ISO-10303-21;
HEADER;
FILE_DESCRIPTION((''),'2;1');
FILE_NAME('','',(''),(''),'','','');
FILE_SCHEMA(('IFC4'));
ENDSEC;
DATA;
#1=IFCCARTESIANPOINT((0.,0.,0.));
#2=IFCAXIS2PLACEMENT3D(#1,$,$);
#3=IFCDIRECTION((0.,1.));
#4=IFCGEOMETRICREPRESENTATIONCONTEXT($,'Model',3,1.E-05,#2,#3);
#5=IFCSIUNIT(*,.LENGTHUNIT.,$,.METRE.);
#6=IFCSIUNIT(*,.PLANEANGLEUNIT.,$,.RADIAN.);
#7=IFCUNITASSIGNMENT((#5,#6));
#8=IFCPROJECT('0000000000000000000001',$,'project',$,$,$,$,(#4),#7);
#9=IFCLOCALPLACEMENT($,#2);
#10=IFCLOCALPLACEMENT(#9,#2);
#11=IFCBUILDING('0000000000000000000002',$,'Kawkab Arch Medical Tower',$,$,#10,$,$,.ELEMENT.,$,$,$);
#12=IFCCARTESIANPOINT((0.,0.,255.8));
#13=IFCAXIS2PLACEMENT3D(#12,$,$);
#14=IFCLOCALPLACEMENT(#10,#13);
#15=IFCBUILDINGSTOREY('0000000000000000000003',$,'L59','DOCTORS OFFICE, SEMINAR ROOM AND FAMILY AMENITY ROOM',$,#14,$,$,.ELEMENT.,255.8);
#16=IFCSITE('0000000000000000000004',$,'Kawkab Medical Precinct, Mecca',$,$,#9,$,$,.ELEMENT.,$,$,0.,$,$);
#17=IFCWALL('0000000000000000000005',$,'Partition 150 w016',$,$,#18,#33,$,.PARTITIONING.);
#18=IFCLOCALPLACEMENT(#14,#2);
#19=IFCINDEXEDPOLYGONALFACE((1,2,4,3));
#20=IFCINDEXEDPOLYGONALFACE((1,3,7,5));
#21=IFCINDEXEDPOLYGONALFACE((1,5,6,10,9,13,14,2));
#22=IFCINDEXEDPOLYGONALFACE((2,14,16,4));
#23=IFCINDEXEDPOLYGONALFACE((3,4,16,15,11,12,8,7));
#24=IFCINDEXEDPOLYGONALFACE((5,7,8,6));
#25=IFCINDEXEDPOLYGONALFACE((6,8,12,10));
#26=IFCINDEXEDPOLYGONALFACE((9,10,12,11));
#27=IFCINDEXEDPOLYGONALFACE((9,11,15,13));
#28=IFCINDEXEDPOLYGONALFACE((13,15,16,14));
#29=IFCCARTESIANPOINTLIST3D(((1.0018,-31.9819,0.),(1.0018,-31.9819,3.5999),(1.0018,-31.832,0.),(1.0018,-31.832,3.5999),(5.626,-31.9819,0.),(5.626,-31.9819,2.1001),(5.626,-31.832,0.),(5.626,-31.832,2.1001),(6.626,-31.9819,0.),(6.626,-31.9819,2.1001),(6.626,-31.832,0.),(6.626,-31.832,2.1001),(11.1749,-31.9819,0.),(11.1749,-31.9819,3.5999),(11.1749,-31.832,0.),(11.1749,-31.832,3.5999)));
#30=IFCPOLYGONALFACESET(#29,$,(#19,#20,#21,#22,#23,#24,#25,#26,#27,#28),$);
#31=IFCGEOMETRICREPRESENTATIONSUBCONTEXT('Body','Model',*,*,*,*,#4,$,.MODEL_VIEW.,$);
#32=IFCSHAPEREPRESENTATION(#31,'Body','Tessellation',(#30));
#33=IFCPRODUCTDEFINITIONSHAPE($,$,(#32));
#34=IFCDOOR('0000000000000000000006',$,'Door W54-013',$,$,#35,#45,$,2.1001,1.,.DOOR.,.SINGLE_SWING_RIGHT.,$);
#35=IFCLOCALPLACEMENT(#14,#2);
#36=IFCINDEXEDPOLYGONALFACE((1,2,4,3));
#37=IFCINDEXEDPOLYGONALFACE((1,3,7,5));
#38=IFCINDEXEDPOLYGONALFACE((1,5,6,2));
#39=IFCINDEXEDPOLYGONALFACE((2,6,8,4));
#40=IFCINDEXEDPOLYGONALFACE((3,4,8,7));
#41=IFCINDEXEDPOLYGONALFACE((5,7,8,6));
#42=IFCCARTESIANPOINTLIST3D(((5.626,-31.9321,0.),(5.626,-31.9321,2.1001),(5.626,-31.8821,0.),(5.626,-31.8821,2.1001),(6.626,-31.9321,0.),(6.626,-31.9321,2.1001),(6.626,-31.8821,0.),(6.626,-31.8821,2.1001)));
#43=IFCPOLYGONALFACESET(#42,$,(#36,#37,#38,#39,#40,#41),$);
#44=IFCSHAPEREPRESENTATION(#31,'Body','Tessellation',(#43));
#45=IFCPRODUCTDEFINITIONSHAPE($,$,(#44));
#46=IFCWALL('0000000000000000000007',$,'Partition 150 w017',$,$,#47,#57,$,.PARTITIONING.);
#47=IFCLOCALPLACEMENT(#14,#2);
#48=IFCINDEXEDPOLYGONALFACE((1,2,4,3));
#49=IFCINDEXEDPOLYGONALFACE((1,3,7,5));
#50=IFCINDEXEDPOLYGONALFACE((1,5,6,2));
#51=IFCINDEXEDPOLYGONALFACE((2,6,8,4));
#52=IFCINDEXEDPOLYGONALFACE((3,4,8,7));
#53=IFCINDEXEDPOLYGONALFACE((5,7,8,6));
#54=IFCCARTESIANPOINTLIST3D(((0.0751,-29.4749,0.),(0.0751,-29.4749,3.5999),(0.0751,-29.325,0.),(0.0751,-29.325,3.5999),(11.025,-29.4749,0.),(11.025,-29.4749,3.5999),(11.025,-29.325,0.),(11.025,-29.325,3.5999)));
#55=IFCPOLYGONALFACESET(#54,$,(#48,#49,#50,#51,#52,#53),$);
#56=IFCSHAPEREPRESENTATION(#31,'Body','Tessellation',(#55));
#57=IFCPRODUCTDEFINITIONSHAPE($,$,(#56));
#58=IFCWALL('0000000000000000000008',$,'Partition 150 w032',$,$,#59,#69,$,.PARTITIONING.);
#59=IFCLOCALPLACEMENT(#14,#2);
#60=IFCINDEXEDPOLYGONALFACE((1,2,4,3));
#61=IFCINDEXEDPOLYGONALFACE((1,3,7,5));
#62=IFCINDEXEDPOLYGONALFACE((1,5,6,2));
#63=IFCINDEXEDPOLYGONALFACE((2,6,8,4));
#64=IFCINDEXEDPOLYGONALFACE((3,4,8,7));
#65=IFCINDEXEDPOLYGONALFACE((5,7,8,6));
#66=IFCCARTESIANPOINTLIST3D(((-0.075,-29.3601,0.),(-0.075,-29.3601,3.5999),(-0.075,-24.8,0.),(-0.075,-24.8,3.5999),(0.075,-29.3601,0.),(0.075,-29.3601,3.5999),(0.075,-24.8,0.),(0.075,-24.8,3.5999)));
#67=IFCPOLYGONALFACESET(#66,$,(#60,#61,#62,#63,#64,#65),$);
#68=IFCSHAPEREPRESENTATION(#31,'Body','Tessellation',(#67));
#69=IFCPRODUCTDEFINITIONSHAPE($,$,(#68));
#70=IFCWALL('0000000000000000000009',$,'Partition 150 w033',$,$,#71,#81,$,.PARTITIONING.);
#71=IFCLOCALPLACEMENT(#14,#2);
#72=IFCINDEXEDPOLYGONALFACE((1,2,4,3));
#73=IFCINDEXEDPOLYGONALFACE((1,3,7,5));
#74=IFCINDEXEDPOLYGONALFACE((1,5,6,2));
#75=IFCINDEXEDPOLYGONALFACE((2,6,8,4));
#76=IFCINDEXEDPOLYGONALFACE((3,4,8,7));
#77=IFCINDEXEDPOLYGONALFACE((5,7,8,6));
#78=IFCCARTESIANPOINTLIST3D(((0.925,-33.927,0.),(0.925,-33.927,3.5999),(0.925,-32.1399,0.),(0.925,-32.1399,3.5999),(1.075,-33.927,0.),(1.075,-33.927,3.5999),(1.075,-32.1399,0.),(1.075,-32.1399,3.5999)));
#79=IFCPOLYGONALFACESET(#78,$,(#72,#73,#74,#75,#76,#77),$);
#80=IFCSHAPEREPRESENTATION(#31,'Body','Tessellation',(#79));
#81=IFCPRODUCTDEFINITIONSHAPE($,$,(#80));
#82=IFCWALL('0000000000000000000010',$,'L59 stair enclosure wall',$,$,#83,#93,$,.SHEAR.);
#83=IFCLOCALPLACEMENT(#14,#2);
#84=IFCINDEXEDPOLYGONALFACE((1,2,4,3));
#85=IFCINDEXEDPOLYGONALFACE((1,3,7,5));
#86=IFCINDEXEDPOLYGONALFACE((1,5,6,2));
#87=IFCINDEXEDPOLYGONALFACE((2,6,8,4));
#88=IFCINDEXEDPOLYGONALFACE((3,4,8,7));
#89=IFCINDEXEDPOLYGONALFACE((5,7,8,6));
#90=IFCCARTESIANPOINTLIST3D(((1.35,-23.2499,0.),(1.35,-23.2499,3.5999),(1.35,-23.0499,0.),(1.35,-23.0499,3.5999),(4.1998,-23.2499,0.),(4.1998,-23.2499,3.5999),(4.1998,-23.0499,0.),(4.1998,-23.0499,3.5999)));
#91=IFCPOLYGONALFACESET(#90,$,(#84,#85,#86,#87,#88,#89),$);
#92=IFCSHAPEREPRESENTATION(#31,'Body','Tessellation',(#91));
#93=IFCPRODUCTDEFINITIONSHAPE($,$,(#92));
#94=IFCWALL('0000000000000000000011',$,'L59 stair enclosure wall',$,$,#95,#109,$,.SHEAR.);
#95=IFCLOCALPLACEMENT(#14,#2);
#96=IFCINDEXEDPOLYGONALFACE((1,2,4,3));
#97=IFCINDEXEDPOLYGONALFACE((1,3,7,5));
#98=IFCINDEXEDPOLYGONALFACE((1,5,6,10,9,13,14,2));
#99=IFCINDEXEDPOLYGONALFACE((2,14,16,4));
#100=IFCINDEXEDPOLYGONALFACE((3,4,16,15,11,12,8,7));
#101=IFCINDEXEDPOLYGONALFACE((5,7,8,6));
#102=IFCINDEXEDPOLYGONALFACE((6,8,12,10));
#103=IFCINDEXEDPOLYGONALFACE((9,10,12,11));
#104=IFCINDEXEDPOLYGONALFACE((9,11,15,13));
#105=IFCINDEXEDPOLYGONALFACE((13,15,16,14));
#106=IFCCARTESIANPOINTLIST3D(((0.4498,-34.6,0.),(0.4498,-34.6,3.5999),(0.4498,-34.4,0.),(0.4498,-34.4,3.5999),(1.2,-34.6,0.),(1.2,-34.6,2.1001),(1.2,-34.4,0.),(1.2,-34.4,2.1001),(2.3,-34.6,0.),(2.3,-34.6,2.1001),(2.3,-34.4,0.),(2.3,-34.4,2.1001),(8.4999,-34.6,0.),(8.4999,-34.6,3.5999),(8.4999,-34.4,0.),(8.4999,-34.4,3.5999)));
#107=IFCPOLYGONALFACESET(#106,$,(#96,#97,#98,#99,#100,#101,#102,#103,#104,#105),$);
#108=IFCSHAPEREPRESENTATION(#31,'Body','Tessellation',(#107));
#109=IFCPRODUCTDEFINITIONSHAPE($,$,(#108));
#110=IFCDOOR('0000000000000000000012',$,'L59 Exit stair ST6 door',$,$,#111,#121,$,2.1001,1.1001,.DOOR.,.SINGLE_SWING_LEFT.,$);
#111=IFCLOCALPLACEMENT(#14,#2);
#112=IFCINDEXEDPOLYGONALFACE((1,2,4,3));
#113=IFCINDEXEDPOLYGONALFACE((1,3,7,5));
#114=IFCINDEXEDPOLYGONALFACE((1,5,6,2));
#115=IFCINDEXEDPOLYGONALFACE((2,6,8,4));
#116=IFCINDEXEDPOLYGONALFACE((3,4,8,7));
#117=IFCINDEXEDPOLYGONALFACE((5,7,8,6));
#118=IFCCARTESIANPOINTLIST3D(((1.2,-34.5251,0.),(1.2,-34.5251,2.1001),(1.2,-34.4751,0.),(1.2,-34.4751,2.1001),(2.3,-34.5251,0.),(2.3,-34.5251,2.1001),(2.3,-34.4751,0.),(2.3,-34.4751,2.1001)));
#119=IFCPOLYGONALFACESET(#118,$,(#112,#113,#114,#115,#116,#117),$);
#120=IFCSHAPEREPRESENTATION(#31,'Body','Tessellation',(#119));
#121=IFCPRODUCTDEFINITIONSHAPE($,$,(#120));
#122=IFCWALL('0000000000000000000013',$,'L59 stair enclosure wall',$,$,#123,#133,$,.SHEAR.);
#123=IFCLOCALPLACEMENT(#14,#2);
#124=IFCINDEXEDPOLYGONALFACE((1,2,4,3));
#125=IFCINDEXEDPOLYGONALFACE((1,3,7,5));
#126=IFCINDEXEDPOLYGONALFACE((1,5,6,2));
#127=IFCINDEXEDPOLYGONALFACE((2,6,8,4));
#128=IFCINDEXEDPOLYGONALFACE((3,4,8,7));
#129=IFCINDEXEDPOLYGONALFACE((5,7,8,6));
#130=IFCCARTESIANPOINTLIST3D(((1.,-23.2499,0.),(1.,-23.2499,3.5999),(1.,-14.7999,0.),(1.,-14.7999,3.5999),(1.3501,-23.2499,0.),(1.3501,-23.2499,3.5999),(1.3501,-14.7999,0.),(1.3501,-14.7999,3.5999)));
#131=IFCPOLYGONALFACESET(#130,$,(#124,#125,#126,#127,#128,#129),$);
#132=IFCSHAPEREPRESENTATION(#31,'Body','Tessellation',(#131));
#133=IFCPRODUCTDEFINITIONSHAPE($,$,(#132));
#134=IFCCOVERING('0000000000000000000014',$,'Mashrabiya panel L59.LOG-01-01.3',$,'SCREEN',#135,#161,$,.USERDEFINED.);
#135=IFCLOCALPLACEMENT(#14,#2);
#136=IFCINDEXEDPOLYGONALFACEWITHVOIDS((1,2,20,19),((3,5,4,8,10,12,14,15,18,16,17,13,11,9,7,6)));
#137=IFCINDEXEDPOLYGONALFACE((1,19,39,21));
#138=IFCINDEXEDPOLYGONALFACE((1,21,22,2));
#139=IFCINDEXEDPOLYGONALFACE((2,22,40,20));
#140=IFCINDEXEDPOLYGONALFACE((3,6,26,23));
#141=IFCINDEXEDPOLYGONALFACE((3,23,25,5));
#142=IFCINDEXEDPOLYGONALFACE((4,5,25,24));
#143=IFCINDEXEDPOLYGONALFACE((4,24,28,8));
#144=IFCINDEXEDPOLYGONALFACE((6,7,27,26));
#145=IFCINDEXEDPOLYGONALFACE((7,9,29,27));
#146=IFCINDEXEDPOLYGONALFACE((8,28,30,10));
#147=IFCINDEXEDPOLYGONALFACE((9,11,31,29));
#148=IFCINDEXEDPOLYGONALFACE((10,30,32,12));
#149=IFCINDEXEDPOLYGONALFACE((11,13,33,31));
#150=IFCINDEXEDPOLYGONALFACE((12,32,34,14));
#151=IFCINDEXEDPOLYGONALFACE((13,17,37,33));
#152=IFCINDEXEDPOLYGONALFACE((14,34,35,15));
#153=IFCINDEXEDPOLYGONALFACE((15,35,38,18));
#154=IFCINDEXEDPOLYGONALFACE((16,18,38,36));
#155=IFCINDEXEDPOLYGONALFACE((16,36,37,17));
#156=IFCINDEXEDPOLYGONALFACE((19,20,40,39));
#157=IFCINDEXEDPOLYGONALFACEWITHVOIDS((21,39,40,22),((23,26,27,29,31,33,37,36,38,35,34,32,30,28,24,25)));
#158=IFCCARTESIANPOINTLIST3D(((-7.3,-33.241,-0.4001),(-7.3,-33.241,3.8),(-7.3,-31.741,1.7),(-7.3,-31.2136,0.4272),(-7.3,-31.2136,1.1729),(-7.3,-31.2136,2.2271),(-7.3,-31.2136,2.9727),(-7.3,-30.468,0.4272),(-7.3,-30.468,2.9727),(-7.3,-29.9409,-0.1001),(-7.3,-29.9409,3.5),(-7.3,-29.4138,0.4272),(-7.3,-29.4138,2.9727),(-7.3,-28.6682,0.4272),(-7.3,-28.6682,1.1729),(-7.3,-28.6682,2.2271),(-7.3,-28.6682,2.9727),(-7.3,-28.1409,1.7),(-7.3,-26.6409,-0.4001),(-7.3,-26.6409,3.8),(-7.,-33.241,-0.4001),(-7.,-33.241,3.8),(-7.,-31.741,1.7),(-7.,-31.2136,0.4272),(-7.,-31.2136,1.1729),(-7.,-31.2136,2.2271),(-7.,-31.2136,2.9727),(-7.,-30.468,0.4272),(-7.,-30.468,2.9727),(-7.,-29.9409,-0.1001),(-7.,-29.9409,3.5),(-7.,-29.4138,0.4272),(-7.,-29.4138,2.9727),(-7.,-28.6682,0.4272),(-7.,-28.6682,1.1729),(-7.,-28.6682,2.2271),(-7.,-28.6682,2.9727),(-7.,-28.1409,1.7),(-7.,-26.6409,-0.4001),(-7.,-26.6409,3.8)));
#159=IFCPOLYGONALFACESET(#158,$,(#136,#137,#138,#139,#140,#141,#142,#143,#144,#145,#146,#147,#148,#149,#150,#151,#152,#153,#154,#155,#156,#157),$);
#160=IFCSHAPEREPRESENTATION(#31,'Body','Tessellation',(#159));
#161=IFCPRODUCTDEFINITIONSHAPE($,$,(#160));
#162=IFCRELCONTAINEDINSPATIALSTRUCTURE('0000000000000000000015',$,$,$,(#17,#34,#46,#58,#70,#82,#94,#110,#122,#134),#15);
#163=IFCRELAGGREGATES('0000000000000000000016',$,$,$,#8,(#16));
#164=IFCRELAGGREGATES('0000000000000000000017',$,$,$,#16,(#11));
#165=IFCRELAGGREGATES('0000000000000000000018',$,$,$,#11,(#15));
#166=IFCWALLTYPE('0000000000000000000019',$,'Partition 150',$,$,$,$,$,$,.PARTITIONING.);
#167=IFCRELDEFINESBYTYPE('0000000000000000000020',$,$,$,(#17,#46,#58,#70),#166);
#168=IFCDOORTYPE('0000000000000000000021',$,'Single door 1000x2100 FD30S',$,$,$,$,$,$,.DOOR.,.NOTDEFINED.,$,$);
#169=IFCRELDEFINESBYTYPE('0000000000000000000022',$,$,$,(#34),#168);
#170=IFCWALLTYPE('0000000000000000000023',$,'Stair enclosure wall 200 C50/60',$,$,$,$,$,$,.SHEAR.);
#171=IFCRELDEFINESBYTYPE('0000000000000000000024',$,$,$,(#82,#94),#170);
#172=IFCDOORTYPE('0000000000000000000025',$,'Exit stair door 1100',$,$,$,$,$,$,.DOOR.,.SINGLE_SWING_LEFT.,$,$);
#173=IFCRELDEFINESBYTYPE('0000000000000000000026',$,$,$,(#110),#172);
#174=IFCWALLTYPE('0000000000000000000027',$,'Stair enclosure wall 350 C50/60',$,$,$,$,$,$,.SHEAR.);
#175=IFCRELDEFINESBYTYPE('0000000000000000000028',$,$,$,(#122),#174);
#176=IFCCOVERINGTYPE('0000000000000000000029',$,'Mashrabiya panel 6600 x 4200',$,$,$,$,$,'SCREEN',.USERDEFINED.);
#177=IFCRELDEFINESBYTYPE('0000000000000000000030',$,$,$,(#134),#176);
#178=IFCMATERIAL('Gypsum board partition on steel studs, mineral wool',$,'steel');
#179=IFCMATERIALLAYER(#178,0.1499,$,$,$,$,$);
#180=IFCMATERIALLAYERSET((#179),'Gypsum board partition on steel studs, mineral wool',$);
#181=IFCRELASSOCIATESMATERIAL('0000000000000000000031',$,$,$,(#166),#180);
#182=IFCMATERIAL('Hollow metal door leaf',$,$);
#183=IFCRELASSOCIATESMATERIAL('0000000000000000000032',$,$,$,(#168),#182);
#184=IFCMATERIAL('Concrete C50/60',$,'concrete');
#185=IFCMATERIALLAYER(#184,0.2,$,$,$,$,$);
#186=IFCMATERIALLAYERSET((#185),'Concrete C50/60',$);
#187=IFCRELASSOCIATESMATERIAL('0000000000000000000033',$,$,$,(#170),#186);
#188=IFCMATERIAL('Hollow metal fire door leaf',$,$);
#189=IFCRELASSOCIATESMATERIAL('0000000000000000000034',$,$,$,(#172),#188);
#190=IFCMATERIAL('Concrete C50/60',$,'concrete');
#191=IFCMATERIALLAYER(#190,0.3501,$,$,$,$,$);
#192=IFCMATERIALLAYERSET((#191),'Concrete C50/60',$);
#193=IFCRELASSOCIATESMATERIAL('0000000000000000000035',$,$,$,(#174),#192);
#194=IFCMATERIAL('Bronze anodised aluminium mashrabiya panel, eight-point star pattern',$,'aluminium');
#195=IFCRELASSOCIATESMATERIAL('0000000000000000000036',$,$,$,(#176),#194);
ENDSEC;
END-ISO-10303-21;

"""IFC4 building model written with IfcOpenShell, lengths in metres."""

from ifc_helpers import new_model, si_unit, direction, frame, frame_2d, origin, place, context, subcontext, project, spatial, polyline, rectangle, outline, extrude, material, layer, layer_set, material_profile, profile_set, type_object, element, fill, save


model = new_model("IFC4")

# Units and contexts
model_context = context("Model", 3, precision=1e-05, world=origin(), true_north=direction((0.0, 1.0)))
body_context = subcontext(model_context, "Body", "Model", "MODEL_VIEW")
ifc_project = project(units=[si_unit("LENGTHUNIT", "METRE"), si_unit("PLANEANGLEUNIT", "RADIAN")], contexts=[model_context])

# Site, building, storey
site_placement = place(None, origin())
site = spatial("IfcSite", under=ifc_project, at=site_placement, Name="Kawkab Medical Precinct, Mecca", CompositionType="ELEMENT", RefElevation=0.0)
building_placement = place(site_placement, origin())
building = spatial("IfcBuilding", under=site, at=building_placement, Name="Kawkab Arch Medical Tower", CompositionType="ELEMENT")
storey_placement = place(building_placement, frame((0.0, 0.0, 255.8)))
storey = spatial("IfcBuildingStorey", under=building, at=storey_placement, Name="L59", Description="DOCTORS OFFICE, SEMINAR ROOM AND FAMILY AMENITY ROOM", CompositionType="ELEMENT", Elevation=255.8)

# Shared definitions
ifc_material_1 = material(Name="Gypsum board partition on steel studs, mineral wool", Category="steel")
ifc_layer_1 = layer(ifc_material_1, 0.1499)
ifc_layer_set_1 = layer_set([ifc_layer_1], Name="Gypsum board partition on steel studs, mineral wool")
wall_type_1 = type_object("IfcWallType", Name="Partition 150", PredefinedType="PARTITIONING", material=ifc_layer_set_1)

# Wall, opening, door
wall_1_placement = place(storey_placement, frame((1.002, -31.907, 0.0), z_axis=(0.0, 0.0, 1.0), x_axis=(1.0, 0.0, 0.0)))
wall_1 = element("IfcWall", 1, at=wall_1_placement, inside=storey, type_object=wall_type_1, Name="Partition 150 w016", PredefinedType="PARTITIONING", context=body_context, shape_type="SweptSolid", body=[
    extrude(rectangle(XDim=10.1731, YDim=0.1499, at=frame_2d((5.0864, 0.0))), origin(), (0.0, 0.0, 1.0), 3.5999),
])
opening_1_placement = place(wall_1_placement, frame((4.624, 0.0, 0.0)))
opening_1 = element("IfcOpeningElement", 2, at=opening_1_placement, cuts=wall_1, PredefinedType="OPENING", context=body_context, shape_type="SweptSolid", body=[
    extrude(rectangle(XDim=1.0, YDim=2.1001, at=frame_2d((0.5, 1.05))), frame((0.0, 0.085, 0.0), z_axis=(0.0, -1.0, 0.0), x_axis=(1.0, 0.0, 0.0)), (0.0, 0.0, 1.0), 0.1699),
])
ifc_material_2 = material(Name="Hollow metal door leaf")
door_type_1 = type_object("IfcDoorType", Name="Single door 1000x2100 FD30S", OperationType="NOTDEFINED", PredefinedType="DOOR", material=ifc_material_2)
door_1_placement = place(opening_1_placement, origin())
door_1 = element("IfcDoor", 3, at=door_1_placement, inside=storey, type_object=door_type_1, Name="Door W54-013", OperationType="SINGLE_SWING_RIGHT", OverallHeight=2.1001, OverallWidth=1.0, PredefinedType="DOOR", context=body_context, shape_type="SweptSolid", body=[
    extrude(rectangle(XDim=1.0, YDim=2.1001, at=frame_2d((0.5, 1.05))), frame((0.0, 0.0249, 0.0), z_axis=(0.0, -1.0, 0.0), x_axis=(1.0, 0.0, 0.0)), (0.0, 0.0, 1.0), 0.05),
])
fill(opening_1, door_1)

# Walls
wall_2_placement = place(storey_placement, frame((0.075, -29.3999, 0.0), z_axis=(0.0, 0.0, 1.0), x_axis=(1.0, 0.0, 0.0)))
element("IfcWall", 4, at=wall_2_placement, inside=storey, type_object=wall_type_1, Name="Partition 150 w017", PredefinedType="PARTITIONING", context=body_context, shape_type="SweptSolid", body=[
    extrude(rectangle(XDim=10.95, YDim=0.1499, at=frame_2d((5.4751, 0.0))), origin(), (0.0, 0.0, 1.0), 3.5999),
])
wall_3_placement = place(storey_placement, frame((0.0, -29.3601, 0.0), z_axis=(0.0, 0.0, 1.0), x_axis=(0.0, 1.0, 0.0)))
element("IfcWall", 5, at=wall_3_placement, inside=storey, type_object=wall_type_1, Name="Partition 150 w032", PredefinedType="PARTITIONING", context=body_context, shape_type="SweptSolid", body=[
    extrude(rectangle(XDim=4.5601, YDim=0.1499, at=frame_2d((2.28, 0.0))), origin(), (0.0, 0.0, 1.0), 3.5999),
])
wall_4_placement = place(storey_placement, frame((1.0, -33.927, 0.0), z_axis=(0.0, 0.0, 1.0), x_axis=(0.0, 1.0, 0.0)))
element("IfcWall", 6, at=wall_4_placement, inside=storey, type_object=wall_type_1, Name="Partition 150 w033", PredefinedType="PARTITIONING", context=body_context, shape_type="SweptSolid", body=[
    extrude(rectangle(XDim=1.7871, YDim=0.1499, at=frame_2d((0.8936, 0.0))), origin(), (0.0, 0.0, 1.0), 3.5999),
])
ifc_material_3 = material(Name="Concrete C50/60", Category="concrete")
ifc_layer_2 = layer(ifc_material_3, 0.2)
ifc_layer_set_2 = layer_set([ifc_layer_2], Name="Concrete C50/60")
wall_type_2 = type_object("IfcWallType", Name="Stair enclosure wall 200 C50/60", PredefinedType="SHEAR", material=ifc_layer_set_2)
wall_5_placement = place(storey_placement, frame((1.3501, -23.1499, 0.0), z_axis=(0.0, 0.0, 1.0), x_axis=(1.0, 0.0, 0.0)))
element("IfcWall", 7, at=wall_5_placement, inside=storey, type_object=wall_type_2, Name="L59 stair enclosure wall", PredefinedType="SHEAR", context=body_context, shape_type="SweptSolid", body=[
    extrude(rectangle(XDim=2.8499, YDim=0.2, at=frame_2d((1.4248, 0.0))), origin(), (0.0, 0.0, 1.0), 3.5999),
])

# Wall, opening, door
wall_6_placement = place(storey_placement, frame((0.45, -34.5, 0.0), z_axis=(0.0, 0.0, 1.0), x_axis=(1.0, 0.0, 0.0)))
wall_6 = element("IfcWall", 8, at=wall_6_placement, inside=storey, type_object=wall_type_2, Name="L59 stair enclosure wall", PredefinedType="SHEAR", context=body_context, shape_type="SweptSolid", body=[
    extrude(rectangle(XDim=8.05, YDim=0.2, at=frame_2d((4.0249, 0.0))), origin(), (0.0, 0.0, 1.0), 3.5999),
])
opening_2_placement = place(wall_6_placement, frame((0.75, 0.0, 0.0)))
opening_2 = element("IfcOpeningElement", 9, at=opening_2_placement, cuts=wall_6, PredefinedType="OPENING", context=body_context, shape_type="SweptSolid", body=[
    extrude(rectangle(XDim=1.1001, YDim=2.1001, at=frame_2d((0.55, 1.05))), frame((0.0, 0.1099, 0.0), z_axis=(0.0, -1.0, 0.0), x_axis=(1.0, 0.0, 0.0)), (0.0, 0.0, 1.0), 0.22),
])
ifc_material_4 = material(Name="Hollow metal fire door leaf")
door_type_2 = type_object("IfcDoorType", Name="Exit stair door 1100", OperationType="SINGLE_SWING_LEFT", PredefinedType="DOOR", material=ifc_material_4)
door_2_placement = place(opening_2_placement, origin())
door_2 = element("IfcDoor", 10, at=door_2_placement, inside=storey, type_object=door_type_2, Name="L59 Exit stair ST6 door", OperationType="SINGLE_SWING_LEFT", OverallHeight=2.1001, OverallWidth=1.1001, PredefinedType="DOOR", context=body_context, shape_type="SweptSolid", body=[
    extrude(rectangle(XDim=1.1001, YDim=2.1001, at=frame_2d((0.55, 1.05))), frame((0.0, 0.0249, 0.0), z_axis=(0.0, -1.0, 0.0), x_axis=(1.0, 0.0, 0.0)), (0.0, 0.0, 1.0), 0.05),
])
fill(opening_2, door_2)

# Wall
ifc_material_5 = material(Name="Concrete C50/60", Category="concrete")
ifc_layer_3 = layer(ifc_material_5, 0.3501)
ifc_layer_set_3 = layer_set([ifc_layer_3], Name="Concrete C50/60")
wall_type_3 = type_object("IfcWallType", Name="Stair enclosure wall 350 C50/60", PredefinedType="SHEAR", material=ifc_layer_set_3)
wall_7_placement = place(storey_placement, frame((1.175, -23.25, 0.0), z_axis=(0.0, 0.0, 1.0), x_axis=(0.0, 1.0, 0.0)))
element("IfcWall", 11, at=wall_7_placement, inside=storey, type_object=wall_type_3, Name="L59 stair enclosure wall", PredefinedType="SHEAR", context=body_context, shape_type="SweptSolid", body=[
    extrude(rectangle(XDim=8.45, YDim=0.3501, at=frame_2d((4.2251, 0.0))), origin(), (0.0, 0.0, 1.0), 3.5999),
])

# Covering
ifc_material_6 = material(Name="Bronze anodised aluminium mashrabiya panel, eight-point star pattern", Category="aluminium")
ifc_material_profile_1 = material_profile(ifc_material_6, outline(polyline([(-3.3, -2.1001), (3.3, -2.1001), (3.3, 2.1001), (-3.3, 2.1001), (-3.3, -2.1001)]), holes=[polyline([(1.8, 0.0), (1.2727, 0.5271), (1.2727, 1.2727), (0.5271, 1.2727), (0.0, 1.8), (-0.5271, 1.2727), (-1.2727, 1.2727), (-1.2727, 0.5271), (-1.8, 0.0), (-1.2727, -0.5271), (-1.2727, -1.2727), (-0.5271, -1.2727), (0.0, -1.8), (0.5271, -1.2727), (1.2727, -1.2727), (1.2727, -0.5271), (1.8, 0.0)])]), Name="Mashrabiya panel 6600x4200")
ifc_profile_set_1 = profile_set([ifc_material_profile_1], Name="Bronze anodised aluminium mashrabiya panel, eight-point star pattern")
covering_type_1 = type_object("IfcCoveringType", Name="Mashrabiya panel 6600 x 4200", ElementType="SCREEN", PredefinedType="USERDEFINED", material=ifc_profile_set_1)
covering_1_placement = place(storey_placement, frame((-7.0, -29.9409, 1.7), z_axis=(-1.0, 0.0, 0.0), x_axis=(0.0, -1.0, 0.0)))
element("IfcCovering", 12, at=covering_1_placement, inside=storey, type_object=covering_type_1, Name="Mashrabiya panel L59.LOG-01-01.3", ObjectType="SCREEN", PredefinedType="USERDEFINED", context=body_context, shape_type="SweptSolid", body=[
    extrude(outline(polyline([(-3.3, -2.1001), (3.3, -2.1001), (3.3, 2.1001), (-3.3, 2.1001), (-3.3, -2.1001)]), holes=[polyline([(1.8, 0.0), (1.2727, 0.5271), (1.2727, 1.2727), (0.5271, 1.2727), (0.0, 1.8), (-0.5271, 1.2727), (-1.2727, 1.2727), (-1.2727, 0.5271), (-1.8, 0.0), (-1.2727, -0.5271), (-1.2727, -1.2727), (-0.5271, -1.2727), (0.0, -1.8), (0.5271, -1.2727), (1.2727, -1.2727), (1.2727, -0.5271), (1.8, 0.0)])]), origin(), (0.0, 0.0, 1.0), 0.3),
])

save(model, "model.ifc")
